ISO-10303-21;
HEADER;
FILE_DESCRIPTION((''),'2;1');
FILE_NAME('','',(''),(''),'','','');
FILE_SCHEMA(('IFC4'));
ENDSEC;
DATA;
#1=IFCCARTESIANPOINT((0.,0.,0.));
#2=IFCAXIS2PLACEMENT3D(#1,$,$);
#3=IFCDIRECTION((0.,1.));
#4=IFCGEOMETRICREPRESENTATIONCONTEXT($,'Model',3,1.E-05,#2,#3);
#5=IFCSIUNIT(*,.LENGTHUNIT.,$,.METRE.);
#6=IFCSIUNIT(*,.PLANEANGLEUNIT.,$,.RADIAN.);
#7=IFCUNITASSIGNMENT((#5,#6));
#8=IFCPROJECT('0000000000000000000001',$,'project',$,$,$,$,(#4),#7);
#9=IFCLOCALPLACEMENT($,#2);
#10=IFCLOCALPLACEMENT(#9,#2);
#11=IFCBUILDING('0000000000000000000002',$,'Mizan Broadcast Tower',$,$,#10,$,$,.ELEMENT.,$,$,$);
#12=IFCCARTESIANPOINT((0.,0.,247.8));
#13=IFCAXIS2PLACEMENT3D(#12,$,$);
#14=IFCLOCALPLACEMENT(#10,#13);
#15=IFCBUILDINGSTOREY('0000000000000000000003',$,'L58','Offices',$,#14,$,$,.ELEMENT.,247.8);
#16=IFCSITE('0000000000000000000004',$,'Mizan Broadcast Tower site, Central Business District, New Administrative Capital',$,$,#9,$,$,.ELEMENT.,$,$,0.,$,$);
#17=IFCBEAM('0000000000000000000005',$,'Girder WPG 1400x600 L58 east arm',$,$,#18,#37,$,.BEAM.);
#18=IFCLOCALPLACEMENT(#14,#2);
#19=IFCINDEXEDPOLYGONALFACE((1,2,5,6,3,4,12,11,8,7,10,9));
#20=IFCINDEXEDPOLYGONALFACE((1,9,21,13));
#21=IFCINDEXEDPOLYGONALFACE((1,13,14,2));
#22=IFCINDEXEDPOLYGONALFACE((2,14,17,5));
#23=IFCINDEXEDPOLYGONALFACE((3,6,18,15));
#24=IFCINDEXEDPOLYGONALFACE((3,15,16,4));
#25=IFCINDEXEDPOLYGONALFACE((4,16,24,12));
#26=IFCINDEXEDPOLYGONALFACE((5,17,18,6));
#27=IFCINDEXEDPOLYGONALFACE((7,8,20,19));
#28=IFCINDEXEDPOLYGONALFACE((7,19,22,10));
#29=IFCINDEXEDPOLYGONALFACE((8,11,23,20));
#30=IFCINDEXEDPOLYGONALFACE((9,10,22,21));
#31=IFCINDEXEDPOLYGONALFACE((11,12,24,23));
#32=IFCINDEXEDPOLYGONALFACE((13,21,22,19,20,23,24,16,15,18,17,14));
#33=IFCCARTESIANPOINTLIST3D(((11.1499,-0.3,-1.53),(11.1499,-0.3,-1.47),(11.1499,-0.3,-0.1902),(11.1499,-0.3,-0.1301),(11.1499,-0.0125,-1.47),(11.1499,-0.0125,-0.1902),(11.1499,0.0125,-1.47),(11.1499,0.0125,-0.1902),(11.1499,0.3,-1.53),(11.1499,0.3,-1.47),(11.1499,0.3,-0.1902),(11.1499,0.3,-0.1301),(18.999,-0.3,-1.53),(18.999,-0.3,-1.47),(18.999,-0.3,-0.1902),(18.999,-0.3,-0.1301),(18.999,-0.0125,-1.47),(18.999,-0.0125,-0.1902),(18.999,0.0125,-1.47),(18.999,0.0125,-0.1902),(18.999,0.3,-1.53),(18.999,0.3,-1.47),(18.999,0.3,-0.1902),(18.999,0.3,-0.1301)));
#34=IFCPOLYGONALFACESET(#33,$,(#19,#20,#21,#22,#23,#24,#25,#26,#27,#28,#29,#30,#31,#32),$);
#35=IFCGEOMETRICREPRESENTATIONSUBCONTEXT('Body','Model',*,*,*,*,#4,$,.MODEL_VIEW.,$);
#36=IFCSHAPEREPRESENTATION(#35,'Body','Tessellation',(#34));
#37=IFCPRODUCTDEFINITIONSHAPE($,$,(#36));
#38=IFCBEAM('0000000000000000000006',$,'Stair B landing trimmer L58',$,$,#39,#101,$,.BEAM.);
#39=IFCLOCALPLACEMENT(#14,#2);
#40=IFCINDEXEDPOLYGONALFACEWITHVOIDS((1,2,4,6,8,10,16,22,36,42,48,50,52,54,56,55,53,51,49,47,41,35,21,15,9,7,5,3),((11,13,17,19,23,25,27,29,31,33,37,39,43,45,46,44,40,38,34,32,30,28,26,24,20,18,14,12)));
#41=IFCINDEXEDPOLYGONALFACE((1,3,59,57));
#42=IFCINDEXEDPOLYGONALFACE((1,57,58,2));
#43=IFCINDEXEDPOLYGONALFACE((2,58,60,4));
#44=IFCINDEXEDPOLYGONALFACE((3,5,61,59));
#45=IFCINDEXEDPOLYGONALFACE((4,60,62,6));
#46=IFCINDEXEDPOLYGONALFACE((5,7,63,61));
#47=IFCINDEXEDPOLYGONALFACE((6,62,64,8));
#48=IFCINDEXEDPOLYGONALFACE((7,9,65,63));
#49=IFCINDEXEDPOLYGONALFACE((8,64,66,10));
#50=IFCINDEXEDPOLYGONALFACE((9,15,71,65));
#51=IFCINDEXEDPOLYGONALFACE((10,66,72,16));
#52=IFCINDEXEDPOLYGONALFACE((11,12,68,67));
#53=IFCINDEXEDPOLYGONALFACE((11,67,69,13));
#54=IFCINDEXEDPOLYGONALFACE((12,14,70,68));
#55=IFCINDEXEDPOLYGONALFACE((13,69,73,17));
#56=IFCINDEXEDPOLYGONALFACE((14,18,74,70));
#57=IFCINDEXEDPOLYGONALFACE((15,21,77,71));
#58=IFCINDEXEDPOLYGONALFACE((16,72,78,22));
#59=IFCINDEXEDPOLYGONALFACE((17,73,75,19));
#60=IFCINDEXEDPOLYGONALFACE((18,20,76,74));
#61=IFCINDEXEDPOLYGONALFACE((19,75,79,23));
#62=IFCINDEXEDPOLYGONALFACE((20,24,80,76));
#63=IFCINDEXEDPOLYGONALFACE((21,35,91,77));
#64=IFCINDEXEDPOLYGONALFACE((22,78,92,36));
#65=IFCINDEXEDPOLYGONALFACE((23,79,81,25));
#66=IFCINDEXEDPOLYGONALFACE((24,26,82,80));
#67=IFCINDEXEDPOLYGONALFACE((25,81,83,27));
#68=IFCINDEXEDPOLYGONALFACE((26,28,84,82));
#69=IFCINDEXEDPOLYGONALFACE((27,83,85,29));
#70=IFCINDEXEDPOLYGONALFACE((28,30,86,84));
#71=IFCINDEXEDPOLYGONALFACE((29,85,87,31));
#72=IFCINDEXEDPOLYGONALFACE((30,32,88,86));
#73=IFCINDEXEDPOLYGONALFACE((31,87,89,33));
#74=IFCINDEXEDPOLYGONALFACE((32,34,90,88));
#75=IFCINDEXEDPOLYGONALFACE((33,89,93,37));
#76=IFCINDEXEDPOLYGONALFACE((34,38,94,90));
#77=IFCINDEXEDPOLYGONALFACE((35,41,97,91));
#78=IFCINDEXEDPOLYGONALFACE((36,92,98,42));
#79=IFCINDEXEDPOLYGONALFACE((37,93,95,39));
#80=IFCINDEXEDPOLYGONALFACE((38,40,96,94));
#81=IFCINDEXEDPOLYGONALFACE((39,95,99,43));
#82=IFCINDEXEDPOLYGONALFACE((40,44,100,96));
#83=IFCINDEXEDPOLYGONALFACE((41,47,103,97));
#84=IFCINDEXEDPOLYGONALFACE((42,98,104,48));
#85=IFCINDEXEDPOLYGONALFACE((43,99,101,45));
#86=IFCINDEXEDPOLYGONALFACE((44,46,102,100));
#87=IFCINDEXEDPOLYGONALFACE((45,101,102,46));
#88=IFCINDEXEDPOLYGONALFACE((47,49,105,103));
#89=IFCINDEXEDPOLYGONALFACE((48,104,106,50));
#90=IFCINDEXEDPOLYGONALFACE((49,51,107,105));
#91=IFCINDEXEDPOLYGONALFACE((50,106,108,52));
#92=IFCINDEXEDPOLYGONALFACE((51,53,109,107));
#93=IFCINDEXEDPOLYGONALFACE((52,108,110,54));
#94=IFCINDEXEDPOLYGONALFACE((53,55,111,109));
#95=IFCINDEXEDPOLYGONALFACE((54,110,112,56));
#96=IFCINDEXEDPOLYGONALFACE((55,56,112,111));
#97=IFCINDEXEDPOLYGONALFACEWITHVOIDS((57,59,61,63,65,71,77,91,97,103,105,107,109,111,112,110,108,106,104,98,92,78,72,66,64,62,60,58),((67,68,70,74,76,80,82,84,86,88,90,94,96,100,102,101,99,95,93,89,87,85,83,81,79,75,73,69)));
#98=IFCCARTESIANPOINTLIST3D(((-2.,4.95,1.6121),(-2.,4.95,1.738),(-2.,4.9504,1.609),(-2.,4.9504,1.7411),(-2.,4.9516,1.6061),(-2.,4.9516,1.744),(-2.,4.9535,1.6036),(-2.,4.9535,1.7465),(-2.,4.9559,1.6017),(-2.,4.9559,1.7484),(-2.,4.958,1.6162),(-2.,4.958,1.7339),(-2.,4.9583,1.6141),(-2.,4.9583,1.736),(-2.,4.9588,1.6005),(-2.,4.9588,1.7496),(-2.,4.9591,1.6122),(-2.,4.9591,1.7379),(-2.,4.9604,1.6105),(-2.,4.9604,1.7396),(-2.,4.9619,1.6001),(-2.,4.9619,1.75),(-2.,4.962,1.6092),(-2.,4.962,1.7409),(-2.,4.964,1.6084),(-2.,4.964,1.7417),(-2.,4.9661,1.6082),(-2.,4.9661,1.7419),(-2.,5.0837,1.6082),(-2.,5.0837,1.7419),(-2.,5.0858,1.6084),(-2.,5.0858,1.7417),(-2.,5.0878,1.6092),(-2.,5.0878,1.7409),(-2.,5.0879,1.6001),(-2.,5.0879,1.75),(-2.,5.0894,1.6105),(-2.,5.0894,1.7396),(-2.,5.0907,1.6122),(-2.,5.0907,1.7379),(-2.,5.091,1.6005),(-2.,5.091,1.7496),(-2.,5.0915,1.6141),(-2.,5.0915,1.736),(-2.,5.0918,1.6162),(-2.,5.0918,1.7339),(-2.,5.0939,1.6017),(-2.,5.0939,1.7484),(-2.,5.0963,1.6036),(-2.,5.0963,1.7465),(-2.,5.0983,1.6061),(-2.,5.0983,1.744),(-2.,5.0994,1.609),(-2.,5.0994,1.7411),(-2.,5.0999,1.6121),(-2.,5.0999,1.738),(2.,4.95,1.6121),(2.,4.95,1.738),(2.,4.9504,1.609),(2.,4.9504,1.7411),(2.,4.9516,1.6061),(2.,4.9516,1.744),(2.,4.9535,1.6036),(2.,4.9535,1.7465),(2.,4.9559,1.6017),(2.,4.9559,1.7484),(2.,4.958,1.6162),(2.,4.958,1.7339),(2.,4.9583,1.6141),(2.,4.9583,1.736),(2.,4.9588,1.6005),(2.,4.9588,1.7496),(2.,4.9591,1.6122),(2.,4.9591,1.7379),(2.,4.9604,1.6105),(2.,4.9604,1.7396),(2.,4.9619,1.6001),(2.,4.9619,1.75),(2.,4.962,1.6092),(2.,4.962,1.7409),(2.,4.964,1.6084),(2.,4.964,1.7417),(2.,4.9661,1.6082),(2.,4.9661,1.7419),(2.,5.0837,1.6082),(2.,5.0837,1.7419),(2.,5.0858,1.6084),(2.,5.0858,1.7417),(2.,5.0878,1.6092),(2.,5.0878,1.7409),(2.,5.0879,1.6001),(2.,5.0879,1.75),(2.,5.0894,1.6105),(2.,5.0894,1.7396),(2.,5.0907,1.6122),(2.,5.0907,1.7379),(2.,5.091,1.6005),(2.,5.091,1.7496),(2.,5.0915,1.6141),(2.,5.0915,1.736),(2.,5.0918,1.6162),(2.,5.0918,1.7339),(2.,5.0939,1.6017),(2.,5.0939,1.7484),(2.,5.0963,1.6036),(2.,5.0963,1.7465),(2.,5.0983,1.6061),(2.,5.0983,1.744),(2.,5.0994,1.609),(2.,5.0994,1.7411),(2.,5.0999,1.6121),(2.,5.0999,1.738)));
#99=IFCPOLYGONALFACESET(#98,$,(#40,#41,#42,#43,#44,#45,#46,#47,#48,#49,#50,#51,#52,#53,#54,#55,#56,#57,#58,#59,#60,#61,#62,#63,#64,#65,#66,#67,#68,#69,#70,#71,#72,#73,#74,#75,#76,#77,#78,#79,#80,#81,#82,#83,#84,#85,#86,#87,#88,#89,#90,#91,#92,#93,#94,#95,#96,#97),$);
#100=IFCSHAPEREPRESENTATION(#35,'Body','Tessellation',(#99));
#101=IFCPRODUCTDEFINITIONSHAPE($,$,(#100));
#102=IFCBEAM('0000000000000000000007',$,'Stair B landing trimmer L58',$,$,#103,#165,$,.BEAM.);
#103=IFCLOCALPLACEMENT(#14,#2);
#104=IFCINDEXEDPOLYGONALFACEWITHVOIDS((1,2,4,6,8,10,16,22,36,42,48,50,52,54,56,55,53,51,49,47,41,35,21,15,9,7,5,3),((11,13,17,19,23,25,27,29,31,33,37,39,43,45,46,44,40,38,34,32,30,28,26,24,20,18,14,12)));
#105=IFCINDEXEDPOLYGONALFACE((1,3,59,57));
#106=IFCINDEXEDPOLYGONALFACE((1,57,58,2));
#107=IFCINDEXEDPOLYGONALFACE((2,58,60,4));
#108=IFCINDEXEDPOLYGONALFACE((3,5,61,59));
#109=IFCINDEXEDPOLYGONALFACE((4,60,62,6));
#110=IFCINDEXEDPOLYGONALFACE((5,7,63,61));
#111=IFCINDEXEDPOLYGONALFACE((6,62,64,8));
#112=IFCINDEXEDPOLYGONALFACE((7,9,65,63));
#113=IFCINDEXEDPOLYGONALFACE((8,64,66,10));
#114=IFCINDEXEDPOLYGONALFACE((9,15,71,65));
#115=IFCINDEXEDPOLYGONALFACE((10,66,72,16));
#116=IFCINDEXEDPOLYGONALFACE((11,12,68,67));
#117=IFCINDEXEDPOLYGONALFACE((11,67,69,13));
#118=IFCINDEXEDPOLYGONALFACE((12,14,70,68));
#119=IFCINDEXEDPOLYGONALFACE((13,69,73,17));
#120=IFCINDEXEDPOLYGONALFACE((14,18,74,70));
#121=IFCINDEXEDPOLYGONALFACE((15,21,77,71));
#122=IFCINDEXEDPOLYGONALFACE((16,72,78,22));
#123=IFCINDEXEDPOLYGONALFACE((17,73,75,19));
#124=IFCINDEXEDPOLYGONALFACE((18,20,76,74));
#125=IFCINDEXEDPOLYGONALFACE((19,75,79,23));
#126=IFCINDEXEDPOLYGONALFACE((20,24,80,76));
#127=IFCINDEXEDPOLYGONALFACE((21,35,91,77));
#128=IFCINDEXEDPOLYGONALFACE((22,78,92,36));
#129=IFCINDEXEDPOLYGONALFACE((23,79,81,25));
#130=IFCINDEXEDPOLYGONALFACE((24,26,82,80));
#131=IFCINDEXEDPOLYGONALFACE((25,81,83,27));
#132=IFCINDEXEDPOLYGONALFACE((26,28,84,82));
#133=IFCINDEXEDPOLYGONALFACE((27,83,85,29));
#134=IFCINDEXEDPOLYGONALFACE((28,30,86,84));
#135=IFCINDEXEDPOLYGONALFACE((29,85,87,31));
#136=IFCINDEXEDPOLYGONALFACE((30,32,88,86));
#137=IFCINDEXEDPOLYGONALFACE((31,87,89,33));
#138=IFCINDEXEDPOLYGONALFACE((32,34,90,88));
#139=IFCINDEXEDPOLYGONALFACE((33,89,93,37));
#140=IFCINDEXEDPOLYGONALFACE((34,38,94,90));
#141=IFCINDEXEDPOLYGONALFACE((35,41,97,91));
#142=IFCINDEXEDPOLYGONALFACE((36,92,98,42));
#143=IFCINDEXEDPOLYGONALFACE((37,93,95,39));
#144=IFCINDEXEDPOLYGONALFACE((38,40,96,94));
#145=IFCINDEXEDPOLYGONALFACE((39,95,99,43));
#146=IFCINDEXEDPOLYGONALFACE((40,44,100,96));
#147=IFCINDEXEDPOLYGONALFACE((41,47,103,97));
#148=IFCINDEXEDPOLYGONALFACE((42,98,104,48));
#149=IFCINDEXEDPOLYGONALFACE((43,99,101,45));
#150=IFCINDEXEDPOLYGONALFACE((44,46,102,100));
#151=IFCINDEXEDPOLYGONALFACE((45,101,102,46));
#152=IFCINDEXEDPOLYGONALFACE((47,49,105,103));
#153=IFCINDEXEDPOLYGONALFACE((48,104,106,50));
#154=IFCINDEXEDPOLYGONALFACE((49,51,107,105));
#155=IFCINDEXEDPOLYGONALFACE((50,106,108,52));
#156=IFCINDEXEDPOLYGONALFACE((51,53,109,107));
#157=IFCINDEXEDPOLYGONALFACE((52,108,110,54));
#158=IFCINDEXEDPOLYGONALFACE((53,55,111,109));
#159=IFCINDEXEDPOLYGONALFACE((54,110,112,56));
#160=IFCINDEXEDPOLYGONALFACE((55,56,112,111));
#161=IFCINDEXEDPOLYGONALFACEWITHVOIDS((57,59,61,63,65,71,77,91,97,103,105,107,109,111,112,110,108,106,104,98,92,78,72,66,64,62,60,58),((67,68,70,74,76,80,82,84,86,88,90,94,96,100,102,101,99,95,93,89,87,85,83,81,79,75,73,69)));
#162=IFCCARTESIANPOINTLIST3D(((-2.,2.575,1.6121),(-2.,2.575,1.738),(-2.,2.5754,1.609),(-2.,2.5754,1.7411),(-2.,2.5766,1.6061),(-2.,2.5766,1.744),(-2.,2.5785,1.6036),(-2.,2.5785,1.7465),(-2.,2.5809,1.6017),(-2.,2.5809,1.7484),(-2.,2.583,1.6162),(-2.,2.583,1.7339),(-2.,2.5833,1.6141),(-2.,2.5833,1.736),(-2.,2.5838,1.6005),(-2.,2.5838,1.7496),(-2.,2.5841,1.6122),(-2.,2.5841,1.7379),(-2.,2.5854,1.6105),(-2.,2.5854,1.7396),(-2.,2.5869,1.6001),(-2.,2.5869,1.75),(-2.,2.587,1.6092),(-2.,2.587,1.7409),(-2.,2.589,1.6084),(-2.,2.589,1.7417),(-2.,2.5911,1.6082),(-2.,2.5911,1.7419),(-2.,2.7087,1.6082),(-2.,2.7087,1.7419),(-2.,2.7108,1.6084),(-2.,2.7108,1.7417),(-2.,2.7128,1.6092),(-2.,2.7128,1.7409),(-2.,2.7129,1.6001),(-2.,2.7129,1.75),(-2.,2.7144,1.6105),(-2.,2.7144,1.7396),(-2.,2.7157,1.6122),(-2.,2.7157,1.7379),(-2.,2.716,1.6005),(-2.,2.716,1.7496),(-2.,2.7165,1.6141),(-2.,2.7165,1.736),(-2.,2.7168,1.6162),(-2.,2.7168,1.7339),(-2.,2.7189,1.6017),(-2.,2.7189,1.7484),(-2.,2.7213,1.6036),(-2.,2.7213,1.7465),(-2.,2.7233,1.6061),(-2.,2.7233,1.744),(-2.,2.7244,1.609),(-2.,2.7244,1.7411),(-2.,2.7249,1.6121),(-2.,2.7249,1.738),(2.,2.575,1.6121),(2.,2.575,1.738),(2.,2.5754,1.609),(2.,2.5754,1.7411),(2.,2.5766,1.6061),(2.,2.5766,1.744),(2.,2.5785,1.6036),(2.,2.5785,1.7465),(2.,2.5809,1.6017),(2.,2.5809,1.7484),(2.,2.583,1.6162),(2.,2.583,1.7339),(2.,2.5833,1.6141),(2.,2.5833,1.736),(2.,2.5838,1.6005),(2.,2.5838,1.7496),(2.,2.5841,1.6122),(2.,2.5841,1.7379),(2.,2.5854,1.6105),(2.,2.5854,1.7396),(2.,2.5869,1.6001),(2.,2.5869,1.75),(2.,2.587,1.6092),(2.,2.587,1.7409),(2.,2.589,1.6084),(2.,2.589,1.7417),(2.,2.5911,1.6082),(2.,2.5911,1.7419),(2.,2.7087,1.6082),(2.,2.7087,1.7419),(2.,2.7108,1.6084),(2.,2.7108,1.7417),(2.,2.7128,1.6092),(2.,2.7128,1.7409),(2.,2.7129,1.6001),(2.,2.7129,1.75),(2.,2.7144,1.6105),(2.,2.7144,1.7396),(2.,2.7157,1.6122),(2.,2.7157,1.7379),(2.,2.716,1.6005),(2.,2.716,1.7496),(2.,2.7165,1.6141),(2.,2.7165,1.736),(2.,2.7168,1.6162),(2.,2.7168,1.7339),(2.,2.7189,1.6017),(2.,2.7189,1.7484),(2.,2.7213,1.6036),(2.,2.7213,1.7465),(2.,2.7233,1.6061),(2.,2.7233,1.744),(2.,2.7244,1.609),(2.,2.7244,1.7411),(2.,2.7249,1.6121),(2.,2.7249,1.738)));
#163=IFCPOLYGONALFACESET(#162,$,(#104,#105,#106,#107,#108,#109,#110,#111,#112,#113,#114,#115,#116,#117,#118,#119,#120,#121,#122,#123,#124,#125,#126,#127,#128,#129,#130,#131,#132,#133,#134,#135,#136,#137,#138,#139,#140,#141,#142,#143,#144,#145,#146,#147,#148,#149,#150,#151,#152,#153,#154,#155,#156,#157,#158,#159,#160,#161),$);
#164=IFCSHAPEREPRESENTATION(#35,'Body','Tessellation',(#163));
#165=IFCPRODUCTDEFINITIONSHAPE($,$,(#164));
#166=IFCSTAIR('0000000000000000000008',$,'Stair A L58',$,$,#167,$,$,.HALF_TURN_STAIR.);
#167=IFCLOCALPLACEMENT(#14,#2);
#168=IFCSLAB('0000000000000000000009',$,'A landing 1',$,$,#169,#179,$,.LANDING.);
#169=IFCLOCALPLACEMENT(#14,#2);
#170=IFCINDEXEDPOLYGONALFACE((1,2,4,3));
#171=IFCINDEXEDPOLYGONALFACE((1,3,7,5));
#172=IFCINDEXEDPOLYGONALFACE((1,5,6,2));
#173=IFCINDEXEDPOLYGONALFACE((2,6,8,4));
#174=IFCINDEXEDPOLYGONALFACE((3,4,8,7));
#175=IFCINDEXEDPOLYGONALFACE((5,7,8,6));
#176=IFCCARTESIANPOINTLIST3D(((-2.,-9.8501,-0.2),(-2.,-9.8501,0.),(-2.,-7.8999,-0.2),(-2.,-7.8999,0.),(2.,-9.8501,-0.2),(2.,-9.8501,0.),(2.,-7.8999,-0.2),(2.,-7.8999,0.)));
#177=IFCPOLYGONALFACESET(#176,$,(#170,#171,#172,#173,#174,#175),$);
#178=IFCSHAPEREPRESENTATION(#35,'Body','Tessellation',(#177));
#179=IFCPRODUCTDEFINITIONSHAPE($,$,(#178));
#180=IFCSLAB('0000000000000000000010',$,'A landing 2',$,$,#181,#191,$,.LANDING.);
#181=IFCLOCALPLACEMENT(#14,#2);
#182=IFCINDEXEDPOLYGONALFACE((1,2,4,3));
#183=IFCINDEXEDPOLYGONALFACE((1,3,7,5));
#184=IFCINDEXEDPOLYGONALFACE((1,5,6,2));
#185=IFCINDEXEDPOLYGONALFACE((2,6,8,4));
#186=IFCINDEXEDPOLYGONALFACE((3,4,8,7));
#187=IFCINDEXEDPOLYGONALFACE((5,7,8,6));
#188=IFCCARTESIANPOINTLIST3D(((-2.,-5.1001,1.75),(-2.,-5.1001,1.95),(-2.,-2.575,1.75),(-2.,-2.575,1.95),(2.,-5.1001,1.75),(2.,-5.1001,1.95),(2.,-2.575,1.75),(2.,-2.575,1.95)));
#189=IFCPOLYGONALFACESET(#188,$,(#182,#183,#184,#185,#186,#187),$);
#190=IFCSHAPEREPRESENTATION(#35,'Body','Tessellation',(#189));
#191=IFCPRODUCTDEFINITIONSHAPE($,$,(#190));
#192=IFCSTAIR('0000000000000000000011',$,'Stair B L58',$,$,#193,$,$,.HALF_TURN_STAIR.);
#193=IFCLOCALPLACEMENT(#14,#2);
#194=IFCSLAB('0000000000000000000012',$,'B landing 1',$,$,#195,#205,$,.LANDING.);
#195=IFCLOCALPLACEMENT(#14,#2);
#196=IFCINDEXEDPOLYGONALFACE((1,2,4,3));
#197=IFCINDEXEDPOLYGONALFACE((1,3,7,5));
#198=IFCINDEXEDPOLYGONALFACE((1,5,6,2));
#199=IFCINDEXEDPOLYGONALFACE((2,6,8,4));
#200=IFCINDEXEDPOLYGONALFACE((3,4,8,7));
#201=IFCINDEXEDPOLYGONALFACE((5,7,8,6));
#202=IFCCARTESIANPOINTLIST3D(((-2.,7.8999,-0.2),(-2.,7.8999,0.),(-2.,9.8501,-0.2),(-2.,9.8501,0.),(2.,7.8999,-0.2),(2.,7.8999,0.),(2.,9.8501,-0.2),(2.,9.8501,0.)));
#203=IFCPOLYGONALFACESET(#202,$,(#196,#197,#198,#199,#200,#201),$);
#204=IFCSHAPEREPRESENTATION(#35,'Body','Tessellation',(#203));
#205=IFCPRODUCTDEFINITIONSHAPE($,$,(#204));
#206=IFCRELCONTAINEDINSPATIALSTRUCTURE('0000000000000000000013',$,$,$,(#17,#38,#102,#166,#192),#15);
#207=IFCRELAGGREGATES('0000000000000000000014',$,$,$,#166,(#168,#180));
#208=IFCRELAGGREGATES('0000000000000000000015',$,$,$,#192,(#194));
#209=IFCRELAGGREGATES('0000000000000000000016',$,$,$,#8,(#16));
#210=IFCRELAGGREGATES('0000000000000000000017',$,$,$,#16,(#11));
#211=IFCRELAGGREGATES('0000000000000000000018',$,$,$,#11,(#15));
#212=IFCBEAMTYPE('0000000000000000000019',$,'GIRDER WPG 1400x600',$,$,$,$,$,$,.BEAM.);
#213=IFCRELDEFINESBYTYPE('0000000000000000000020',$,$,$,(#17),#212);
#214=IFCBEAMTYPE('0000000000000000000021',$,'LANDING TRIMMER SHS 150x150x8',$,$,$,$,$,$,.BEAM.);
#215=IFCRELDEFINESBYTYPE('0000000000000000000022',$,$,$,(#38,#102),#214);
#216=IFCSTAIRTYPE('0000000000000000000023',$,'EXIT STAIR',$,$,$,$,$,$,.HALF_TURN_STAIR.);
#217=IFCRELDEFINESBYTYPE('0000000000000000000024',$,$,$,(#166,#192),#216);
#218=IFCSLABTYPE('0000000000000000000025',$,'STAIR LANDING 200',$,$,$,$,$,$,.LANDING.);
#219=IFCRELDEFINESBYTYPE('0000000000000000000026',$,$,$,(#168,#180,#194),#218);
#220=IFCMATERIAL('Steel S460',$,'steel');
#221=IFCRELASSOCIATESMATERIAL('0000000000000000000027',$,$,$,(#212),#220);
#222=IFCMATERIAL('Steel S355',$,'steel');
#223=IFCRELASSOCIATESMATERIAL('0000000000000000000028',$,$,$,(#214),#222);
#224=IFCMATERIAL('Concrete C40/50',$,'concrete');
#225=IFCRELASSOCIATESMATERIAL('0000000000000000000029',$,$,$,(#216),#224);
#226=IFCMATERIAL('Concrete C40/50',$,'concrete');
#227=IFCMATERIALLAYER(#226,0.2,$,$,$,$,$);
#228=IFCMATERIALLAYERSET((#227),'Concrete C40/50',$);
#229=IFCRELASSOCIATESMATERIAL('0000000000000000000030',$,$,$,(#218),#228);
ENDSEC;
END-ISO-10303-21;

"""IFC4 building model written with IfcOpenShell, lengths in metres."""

from ifc_helpers import new_model, si_unit, direction, frame, origin, origin_2d, place, context, subcontext, project, spatial, polyline, hollow_rectangle, i_section, outline, extrude, material, layer, layer_set, material_profile, profile_set, type_object, element, aggregate, save


model = new_model("IFC4")

# Units and contexts
model_context = context("Model", 3, precision=1e-05, world=origin(), true_north=direction((0.0, 1.0)))
body_context = subcontext(model_context, "Body", "Model", "MODEL_VIEW")
ifc_project = project(units=[si_unit("LENGTHUNIT", "METRE"), si_unit("PLANEANGLEUNIT", "RADIAN")], contexts=[model_context])

# Site, building, storey
site_placement = place(None, origin())
site = spatial("IfcSite", under=ifc_project, at=site_placement, Name="Mizan Broadcast Tower site, Central Business District, New Administrative Capital", CompositionType="ELEMENT", RefElevation=0.0)
building_placement = place(site_placement, origin())
building = spatial("IfcBuilding", under=site, at=building_placement, Name="Mizan Broadcast Tower", CompositionType="ELEMENT")
storey_placement = place(building_placement, frame((0.0, 0.0, 247.8)))
storey = spatial("IfcBuildingStorey", under=building, at=storey_placement, Name="L58", Description="Offices", CompositionType="ELEMENT", Elevation=247.8)

# Beams
ifc_material_1 = material(Name="Steel S460", Category="steel")
ifc_material_profile_1 = material_profile(ifc_material_1, i_section(OverallWidth=0.6001, OverallDepth=1.3999, WebThickness=0.0249, FlangeThickness=0.0601, at=origin_2d()), Name="WPG 1400x600")
ifc_profile_set_1 = profile_set([ifc_material_profile_1], Name="Steel S460")
beam_type_1 = type_object("IfcBeamType", Name="GIRDER WPG 1400x600", PredefinedType="BEAM", material=ifc_profile_set_1)
beam_placement = place(storey_placement, frame((11.1499, 0.0, -0.8301), z_axis=(1.0, 0.0, 0.0), x_axis=(0.0, 1.0, 0.0)))
element("IfcBeam", 1, at=beam_placement, inside=storey, type_object=beam_type_1, Name="Girder WPG 1400x600 L58 east arm", PredefinedType="BEAM", context=body_context, shape_type="SweptSolid", body=[
    extrude(i_section(OverallWidth=0.6001, OverallDepth=1.3999, WebThickness=0.0249, FlangeThickness=0.0601, at=origin_2d()), origin(), (0.0, 0.0, 1.0), 7.8491),
])
ifc_material_2 = material(Name="Steel S355", Category="steel")
ifc_material_profile_2 = material_profile(ifc_material_2, hollow_rectangle(XDim=0.1499, YDim=0.1499, WallThickness=0.0081, InnerFilletRadius=0.0081, OuterFilletRadius=0.012, at=origin_2d()), Name="SHS 150x150x8")
ifc_profile_set_2 = profile_set([ifc_material_profile_2], Name="Steel S355")
beam_type_2 = type_object("IfcBeamType", Name="LANDING TRIMMER SHS 150x150x8", PredefinedType="BEAM", material=ifc_profile_set_2)
for number, where, z_axis, x_axis, name in (
    (2, (2.0, 5.0249, 1.675), (-1.0, 0.0, 0.0), (0.0, -1.0, 0.0), "Stair B landing trimmer L58"),
    (3, (2.0, 2.6499, 1.675), (-1.0, 0.0, 0.0), (0.0, -1.0, 0.0), "Stair B landing trimmer L58"),
):
    element("IfcBeam", number, at=place(storey_placement, frame(where, z_axis=z_axis, x_axis=x_axis)), inside=storey, type_object=beam_type_2, Name=name, PredefinedType="BEAM", context=body_context, shape_type="SweptSolid", body=[
        extrude(hollow_rectangle(XDim=0.1499, YDim=0.1499, WallThickness=0.0081, InnerFilletRadius=0.0081, OuterFilletRadius=0.012, at=origin_2d()), origin(), (0.0, 0.0, 1.0), 4.0),
    ])

# Stairs, slabs
ifc_material_3 = material(Name="Concrete C40/50", Category="concrete")
stair_type = type_object("IfcStairType", Name="EXIT STAIR", PredefinedType="HALF_TURN_STAIR", material=ifc_material_3)
stair_1_placement = place(storey_placement, origin())
stair_1 = element("IfcStair", 4, at=stair_1_placement, inside=storey, type_object=stair_type, Name="Stair A L58", PredefinedType="HALF_TURN_STAIR")
ifc_material_4 = material(Name="Concrete C40/50", Category="concrete")
ifc_layer_1 = layer(ifc_material_4, 0.2)
ifc_layer_set_1 = layer_set([ifc_layer_1], Name="Concrete C40/50")
slab_type = type_object("IfcSlabType", Name="STAIR LANDING 200", PredefinedType="LANDING", material=ifc_layer_set_1)
slab_1_placement = place(storey_placement, frame((0.0, 0.0, -0.2)))
slab_1 = element("IfcSlab", 5, at=slab_1_placement, type_object=slab_type, Name="A landing 1", PredefinedType="LANDING", context=body_context, shape_type="SweptSolid", body=[
    extrude(outline(polyline([(-2.0, -9.8501), (-2.0, -7.8999), (2.0, -7.8999), (2.0, -9.8501), (-2.0, -9.8501)])), origin(), (0.0, 0.0, 1.0), 0.2),
])
slab_2_placement = place(storey_placement, frame((0.0, 0.0, 1.75)))
slab_2 = element("IfcSlab", 6, at=slab_2_placement, type_object=slab_type, Name="A landing 2", PredefinedType="LANDING", context=body_context, shape_type="SweptSolid", body=[
    extrude(outline(polyline([(-2.0, -5.1001), (-2.0, -2.575), (2.0, -2.575), (2.0, -5.1001), (-2.0, -5.1001)])), origin(), (0.0, 0.0, 1.0), 0.2),
])
aggregate(stair_1, [slab_1, slab_2])
stair_2_placement = place(storey_placement, origin())
stair_2 = element("IfcStair", 7, at=stair_2_placement, inside=storey, type_object=stair_type, Name="Stair B L58", PredefinedType="HALF_TURN_STAIR")
slab_3_placement = place(storey_placement, frame((0.0, 0.0, -0.2)))
slab_3 = element("IfcSlab", 8, at=slab_3_placement, type_object=slab_type, Name="B landing 1", PredefinedType="LANDING", context=body_context, shape_type="SweptSolid", body=[
    extrude(outline(polyline([(2.0, 9.8501), (2.0, 7.8999), (-2.0, 7.8999), (-2.0, 9.8501), (2.0, 9.8501)])), origin(), (0.0, 0.0, 1.0), 0.2),
])
aggregate(stair_2, [slab_3])

save(model, "model.ifc")
